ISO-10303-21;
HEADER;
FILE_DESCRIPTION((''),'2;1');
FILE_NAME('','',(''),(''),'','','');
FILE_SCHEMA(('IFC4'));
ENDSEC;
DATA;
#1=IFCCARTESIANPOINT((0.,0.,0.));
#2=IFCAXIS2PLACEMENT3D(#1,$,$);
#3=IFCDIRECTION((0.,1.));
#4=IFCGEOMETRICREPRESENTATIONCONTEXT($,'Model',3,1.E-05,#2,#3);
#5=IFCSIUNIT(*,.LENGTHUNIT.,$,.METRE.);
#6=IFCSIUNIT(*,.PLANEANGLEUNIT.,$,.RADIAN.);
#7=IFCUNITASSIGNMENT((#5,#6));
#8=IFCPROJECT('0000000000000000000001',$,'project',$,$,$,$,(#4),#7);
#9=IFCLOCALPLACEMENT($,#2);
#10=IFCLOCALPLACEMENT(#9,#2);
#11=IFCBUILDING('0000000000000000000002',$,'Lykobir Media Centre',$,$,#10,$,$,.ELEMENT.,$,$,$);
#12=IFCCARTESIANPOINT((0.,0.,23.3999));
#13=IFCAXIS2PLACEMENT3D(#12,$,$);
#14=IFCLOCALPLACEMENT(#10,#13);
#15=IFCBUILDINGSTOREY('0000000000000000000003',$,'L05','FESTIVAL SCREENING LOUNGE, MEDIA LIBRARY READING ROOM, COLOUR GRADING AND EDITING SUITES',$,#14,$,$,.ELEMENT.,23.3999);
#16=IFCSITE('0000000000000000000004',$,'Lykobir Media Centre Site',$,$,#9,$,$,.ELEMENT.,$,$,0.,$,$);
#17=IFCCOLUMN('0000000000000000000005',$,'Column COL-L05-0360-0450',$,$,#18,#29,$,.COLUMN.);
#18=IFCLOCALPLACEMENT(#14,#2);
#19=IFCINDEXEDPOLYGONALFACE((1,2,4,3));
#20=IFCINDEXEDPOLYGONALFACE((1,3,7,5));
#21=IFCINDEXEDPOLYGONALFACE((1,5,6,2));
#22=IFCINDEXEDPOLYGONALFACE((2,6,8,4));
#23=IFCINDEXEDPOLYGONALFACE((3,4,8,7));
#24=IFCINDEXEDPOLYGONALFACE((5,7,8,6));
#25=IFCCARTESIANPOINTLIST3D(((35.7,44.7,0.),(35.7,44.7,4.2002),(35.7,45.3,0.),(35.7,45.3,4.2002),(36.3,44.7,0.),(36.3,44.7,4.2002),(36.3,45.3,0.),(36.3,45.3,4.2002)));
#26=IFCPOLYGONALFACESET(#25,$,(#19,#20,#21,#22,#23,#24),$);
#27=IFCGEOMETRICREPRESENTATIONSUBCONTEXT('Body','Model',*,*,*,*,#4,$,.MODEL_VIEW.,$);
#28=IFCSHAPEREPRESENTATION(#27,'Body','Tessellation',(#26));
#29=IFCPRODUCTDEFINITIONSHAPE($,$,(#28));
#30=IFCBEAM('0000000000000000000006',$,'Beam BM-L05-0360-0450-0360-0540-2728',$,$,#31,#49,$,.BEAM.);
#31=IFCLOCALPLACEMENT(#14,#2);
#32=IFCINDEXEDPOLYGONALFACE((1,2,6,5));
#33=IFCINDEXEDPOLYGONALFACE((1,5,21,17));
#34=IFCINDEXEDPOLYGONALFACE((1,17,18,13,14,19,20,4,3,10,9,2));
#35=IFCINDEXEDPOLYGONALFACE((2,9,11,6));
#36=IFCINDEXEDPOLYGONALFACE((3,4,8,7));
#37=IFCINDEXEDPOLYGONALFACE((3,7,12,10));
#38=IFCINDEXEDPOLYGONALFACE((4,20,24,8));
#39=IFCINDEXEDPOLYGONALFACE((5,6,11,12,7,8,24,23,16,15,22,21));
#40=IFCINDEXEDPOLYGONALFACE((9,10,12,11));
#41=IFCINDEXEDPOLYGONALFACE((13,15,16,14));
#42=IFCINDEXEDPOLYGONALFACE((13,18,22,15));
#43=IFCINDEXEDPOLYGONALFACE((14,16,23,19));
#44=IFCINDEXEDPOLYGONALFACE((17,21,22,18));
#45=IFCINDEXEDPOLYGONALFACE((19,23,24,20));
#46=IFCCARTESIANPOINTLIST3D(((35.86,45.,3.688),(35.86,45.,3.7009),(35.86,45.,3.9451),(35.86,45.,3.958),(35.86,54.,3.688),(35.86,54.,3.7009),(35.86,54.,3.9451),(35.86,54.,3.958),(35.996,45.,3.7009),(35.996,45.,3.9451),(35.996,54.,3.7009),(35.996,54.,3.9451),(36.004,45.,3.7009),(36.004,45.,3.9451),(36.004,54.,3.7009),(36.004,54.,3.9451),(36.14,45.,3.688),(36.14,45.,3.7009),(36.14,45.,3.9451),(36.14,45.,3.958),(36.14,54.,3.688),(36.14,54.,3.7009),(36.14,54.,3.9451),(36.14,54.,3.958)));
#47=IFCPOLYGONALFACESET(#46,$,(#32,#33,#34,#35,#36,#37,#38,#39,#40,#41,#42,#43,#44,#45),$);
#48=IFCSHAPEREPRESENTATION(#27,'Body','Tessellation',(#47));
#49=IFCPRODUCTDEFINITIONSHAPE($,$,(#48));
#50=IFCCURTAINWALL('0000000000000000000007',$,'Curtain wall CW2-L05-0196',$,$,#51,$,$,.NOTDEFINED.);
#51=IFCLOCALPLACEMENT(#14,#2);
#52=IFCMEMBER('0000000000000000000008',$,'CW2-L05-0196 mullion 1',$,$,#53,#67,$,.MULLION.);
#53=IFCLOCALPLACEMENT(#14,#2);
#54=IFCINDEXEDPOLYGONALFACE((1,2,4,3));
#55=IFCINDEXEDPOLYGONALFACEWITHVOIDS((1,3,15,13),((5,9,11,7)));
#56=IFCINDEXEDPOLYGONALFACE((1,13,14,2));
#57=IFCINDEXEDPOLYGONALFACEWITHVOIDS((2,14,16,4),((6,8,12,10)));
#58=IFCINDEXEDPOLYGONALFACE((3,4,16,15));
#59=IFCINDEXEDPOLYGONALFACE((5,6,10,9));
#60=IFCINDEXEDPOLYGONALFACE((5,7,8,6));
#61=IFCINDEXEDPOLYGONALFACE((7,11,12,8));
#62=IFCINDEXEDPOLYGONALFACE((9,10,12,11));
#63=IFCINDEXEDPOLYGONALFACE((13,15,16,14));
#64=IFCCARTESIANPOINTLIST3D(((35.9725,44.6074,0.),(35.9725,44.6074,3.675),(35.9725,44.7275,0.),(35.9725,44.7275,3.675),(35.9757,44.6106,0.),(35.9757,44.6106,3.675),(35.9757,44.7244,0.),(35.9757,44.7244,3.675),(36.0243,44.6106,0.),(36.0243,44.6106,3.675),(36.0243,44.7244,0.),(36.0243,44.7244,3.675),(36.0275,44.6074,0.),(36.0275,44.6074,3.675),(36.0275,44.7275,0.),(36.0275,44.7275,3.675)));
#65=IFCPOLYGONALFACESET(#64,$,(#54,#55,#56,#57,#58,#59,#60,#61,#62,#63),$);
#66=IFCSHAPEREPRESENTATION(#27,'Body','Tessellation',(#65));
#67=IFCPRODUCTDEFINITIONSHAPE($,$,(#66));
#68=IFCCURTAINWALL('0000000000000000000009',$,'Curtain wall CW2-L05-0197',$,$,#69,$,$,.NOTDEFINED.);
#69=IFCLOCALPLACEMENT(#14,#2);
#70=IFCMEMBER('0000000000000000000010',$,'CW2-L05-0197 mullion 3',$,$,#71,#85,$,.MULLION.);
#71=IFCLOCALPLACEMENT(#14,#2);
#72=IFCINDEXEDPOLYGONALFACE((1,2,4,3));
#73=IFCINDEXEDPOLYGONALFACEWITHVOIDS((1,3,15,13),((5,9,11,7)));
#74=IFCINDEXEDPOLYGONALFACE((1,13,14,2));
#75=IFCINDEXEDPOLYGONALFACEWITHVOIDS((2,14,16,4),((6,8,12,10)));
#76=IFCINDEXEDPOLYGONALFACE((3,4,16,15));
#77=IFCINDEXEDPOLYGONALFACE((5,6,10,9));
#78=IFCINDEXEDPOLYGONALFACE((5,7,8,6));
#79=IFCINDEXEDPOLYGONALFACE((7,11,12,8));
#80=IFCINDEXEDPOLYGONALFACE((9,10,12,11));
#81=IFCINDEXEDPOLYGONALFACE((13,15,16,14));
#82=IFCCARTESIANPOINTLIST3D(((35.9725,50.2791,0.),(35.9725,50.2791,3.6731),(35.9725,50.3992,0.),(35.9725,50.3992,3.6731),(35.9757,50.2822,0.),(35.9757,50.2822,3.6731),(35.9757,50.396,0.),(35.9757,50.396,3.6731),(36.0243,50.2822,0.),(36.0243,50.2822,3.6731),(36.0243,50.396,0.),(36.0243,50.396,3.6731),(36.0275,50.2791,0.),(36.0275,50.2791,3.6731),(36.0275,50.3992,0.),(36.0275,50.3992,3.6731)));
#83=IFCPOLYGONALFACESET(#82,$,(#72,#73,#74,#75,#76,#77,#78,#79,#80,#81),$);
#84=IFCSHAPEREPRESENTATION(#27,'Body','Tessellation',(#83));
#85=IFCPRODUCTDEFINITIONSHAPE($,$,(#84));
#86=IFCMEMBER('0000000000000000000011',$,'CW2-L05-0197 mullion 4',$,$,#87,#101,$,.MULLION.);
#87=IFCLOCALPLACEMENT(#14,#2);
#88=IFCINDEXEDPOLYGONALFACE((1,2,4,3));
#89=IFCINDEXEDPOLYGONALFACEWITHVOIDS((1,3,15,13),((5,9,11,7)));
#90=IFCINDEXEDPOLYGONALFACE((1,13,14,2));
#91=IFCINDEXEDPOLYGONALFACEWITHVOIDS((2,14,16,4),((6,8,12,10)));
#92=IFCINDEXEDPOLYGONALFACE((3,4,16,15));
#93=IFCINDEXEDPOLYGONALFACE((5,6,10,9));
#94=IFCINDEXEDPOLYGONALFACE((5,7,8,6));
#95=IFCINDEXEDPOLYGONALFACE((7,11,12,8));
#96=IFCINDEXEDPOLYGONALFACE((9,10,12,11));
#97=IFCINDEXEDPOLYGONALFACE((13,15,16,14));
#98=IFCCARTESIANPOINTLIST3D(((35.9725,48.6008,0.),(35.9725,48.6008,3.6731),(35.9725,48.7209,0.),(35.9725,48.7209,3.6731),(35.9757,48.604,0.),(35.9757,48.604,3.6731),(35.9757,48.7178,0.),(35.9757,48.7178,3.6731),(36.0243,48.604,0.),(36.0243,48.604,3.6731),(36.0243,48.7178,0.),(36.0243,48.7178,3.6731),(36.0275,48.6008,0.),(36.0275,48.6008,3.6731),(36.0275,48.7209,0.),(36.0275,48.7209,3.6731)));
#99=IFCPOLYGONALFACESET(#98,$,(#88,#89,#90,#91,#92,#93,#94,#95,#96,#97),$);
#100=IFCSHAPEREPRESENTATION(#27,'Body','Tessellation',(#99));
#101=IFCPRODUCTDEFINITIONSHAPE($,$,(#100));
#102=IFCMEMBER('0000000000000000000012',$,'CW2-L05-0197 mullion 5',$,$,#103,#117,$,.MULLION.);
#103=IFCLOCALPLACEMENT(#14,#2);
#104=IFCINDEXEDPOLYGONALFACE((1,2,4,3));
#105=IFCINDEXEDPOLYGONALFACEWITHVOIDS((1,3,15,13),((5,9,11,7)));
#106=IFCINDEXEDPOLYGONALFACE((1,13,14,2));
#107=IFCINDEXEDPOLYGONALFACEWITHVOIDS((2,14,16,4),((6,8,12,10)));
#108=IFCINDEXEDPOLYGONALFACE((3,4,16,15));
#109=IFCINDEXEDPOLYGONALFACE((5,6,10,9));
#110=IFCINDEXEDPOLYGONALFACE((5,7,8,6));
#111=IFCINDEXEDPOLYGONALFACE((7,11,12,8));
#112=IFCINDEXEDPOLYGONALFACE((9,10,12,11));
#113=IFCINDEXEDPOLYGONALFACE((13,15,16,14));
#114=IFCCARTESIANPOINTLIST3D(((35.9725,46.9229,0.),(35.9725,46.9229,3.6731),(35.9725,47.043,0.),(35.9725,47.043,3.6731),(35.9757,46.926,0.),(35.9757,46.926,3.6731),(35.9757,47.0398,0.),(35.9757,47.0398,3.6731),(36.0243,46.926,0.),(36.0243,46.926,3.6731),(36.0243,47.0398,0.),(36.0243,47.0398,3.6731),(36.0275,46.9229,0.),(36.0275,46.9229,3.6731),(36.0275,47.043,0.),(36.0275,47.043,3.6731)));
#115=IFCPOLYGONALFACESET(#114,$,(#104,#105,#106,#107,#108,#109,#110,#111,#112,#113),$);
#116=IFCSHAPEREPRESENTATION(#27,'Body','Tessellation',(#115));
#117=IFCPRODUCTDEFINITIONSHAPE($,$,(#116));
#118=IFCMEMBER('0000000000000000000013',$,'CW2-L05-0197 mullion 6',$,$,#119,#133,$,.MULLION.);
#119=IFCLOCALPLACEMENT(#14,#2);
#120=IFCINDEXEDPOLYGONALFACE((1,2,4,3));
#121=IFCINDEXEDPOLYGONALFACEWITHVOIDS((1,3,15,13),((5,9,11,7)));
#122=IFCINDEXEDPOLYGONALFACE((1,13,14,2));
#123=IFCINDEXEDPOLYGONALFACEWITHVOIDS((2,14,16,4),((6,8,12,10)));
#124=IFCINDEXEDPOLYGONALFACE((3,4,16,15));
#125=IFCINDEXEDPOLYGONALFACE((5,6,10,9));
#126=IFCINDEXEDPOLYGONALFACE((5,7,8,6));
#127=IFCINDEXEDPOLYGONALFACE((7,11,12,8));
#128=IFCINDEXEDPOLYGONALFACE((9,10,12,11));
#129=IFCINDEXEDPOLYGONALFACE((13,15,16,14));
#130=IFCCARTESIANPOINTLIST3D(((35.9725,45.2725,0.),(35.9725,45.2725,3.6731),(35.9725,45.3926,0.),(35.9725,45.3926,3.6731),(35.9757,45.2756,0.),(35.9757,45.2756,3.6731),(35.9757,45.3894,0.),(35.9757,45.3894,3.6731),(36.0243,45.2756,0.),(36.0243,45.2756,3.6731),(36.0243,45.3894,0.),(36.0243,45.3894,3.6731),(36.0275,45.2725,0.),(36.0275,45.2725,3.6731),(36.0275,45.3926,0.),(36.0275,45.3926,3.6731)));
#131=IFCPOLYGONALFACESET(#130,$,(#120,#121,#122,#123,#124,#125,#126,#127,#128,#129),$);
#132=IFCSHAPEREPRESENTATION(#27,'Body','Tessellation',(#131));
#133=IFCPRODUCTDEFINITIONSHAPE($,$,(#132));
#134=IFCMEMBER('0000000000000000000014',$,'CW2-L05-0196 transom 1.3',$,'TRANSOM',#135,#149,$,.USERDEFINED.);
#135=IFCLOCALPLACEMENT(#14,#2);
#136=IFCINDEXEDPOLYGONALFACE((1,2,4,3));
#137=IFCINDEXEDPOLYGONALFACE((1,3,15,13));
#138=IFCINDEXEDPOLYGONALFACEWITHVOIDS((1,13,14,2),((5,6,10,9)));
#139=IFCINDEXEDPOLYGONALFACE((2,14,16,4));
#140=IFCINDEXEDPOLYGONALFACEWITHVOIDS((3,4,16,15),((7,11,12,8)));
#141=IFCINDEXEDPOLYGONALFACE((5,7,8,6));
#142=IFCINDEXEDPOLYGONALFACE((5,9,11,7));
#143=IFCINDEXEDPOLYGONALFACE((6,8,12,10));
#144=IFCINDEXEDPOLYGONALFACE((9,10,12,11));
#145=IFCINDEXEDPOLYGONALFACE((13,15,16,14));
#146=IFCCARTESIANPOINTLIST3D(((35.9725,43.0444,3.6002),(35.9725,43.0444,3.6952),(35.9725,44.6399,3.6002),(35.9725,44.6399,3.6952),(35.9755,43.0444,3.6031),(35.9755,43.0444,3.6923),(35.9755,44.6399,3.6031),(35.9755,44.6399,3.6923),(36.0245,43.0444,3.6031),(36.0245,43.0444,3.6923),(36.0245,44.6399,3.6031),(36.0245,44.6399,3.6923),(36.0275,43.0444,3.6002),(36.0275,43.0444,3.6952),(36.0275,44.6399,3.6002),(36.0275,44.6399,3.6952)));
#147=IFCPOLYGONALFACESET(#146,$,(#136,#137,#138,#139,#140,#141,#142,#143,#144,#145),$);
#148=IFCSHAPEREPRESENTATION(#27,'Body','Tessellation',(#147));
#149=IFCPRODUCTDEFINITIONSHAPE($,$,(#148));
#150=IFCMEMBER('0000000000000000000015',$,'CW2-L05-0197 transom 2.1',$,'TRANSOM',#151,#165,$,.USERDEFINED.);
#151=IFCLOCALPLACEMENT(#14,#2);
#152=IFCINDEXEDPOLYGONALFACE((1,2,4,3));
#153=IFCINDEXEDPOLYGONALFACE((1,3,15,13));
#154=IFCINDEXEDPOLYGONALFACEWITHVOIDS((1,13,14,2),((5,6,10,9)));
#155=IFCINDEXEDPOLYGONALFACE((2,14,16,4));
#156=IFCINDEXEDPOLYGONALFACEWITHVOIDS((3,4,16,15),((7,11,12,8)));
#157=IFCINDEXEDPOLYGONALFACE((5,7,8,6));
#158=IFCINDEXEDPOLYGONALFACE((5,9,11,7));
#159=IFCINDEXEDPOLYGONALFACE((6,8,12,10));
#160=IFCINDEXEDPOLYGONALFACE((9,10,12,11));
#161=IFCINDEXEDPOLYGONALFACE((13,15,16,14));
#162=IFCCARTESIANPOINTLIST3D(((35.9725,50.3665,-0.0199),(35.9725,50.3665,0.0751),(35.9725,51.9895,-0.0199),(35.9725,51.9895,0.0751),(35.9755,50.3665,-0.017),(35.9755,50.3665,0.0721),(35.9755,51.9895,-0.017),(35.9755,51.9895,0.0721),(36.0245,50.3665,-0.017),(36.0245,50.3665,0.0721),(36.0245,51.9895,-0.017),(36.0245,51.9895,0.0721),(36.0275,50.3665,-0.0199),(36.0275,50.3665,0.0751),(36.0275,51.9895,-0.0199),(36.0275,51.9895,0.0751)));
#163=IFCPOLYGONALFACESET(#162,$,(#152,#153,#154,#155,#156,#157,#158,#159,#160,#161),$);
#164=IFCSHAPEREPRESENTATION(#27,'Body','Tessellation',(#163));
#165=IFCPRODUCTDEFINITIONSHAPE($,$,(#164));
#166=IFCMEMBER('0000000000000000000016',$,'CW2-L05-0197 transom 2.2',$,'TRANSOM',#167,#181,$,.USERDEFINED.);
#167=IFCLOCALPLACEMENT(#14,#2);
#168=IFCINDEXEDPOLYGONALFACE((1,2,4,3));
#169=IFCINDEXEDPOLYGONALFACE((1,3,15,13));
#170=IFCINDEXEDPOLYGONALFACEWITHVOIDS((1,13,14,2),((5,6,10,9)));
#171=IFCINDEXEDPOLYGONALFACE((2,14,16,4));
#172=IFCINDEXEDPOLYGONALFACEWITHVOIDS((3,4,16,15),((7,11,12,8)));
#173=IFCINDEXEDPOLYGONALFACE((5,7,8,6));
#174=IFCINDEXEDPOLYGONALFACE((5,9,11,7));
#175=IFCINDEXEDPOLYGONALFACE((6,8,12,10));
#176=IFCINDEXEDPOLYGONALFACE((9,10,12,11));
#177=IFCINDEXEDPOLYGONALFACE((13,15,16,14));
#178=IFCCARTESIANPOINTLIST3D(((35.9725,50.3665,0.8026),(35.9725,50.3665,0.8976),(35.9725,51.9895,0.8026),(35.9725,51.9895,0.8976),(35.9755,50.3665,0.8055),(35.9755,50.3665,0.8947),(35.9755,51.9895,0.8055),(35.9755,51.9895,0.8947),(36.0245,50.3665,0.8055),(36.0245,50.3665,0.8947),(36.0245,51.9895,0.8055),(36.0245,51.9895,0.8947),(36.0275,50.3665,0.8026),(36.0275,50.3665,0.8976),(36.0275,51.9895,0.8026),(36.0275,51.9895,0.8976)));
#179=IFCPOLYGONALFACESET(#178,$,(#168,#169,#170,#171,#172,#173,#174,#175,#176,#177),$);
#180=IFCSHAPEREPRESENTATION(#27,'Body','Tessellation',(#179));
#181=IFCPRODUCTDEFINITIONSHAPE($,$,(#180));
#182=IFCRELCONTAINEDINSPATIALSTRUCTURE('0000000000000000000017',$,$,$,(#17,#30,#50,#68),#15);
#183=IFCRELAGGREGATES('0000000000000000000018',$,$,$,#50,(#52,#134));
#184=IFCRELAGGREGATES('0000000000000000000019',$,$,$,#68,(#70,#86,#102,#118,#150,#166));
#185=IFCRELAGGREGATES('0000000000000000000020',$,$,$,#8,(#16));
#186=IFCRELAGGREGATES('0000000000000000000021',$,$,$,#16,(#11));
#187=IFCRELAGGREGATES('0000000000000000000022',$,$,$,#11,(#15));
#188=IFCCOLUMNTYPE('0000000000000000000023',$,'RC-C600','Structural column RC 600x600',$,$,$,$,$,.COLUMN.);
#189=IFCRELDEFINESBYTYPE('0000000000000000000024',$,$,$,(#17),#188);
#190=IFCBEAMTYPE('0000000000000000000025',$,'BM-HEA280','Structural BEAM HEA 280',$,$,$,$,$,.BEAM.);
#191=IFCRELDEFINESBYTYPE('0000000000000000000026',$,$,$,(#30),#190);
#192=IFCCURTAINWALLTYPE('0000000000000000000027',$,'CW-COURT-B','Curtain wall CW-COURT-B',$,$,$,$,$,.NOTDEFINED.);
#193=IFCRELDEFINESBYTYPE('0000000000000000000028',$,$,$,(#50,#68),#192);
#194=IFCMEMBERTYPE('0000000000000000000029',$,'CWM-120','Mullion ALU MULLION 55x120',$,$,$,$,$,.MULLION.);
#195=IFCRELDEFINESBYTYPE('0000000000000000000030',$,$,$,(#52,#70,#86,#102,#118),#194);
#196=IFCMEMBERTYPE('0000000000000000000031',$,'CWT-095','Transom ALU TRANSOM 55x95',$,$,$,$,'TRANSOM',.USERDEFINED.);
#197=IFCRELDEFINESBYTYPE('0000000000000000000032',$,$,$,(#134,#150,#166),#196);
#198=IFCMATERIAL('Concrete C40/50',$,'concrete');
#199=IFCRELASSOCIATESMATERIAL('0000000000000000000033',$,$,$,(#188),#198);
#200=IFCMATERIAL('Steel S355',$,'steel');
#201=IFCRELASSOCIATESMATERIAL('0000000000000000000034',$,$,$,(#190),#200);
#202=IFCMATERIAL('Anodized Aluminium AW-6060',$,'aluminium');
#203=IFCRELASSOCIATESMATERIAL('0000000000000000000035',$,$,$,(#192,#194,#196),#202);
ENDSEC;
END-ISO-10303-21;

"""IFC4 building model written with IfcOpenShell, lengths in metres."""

from ifc_helpers import new_model, si_unit, direction, frame, origin, origin_2d, place, context, subcontext, project, spatial, rectangle, hollow_rectangle, i_section, extrude, material, material_profile, profile_set, type_object, element, aggregate, save


model = new_model("IFC4")

# Units and contexts
model_context = context("Model", 3, precision=1e-05, world=origin(), true_north=direction((0.0, 1.0)))
body_context = subcontext(model_context, "Body", "Model", "MODEL_VIEW")
ifc_project = project(units=[si_unit("LENGTHUNIT", "METRE"), si_unit("PLANEANGLEUNIT", "RADIAN")], contexts=[model_context])

# Site, building, storey
site_placement = place(None, origin())
site = spatial("IfcSite", under=ifc_project, at=site_placement, Name="Lykobir Media Centre Site", CompositionType="ELEMENT", RefElevation=0.0)
building_placement = place(site_placement, origin())
building = spatial("IfcBuilding", under=site, at=building_placement, Name="Lykobir Media Centre", CompositionType="ELEMENT")
storey_placement = place(building_placement, frame((0.0, 0.0, 23.3999)))
storey = spatial("IfcBuildingStorey", under=building, at=storey_placement, Name="L05", Description="FESTIVAL SCREENING LOUNGE, MEDIA LIBRARY READING ROOM, COLOUR GRADING AND EDITING SUITES", CompositionType="ELEMENT", Elevation=23.3999)

# Column
ifc_material_1 = material(Name="Concrete C40/50", Category="concrete")
ifc_material_profile_1 = material_profile(ifc_material_1, rectangle(XDim=0.6001, YDim=0.6001, at=origin_2d()), Name="RC 600x600")
ifc_profile_set_1 = profile_set([ifc_material_profile_1], Name="Concrete C40/50")
column_type = type_object("IfcColumnType", Name="RC-C600", Description="Structural column RC 600x600", PredefinedType="COLUMN", material=ifc_profile_set_1)
column_placement = place(storey_placement, frame((36.0, 45.0, 0.0), z_axis=(0.0, 0.0, 1.0), x_axis=(1.0, 0.0, 0.0)))
element("IfcColumn", 1, at=column_placement, inside=storey, type_object=column_type, Name="Column COL-L05-0360-0450", PredefinedType="COLUMN", context=body_context, shape_type="SweptSolid", body=[
    extrude(rectangle(XDim=0.6001, YDim=0.6001, at=origin_2d()), origin(), (0.0, 0.0, 1.0), 4.2002),
])

# Beam
ifc_material_2 = material(Name="Steel S355", Category="steel")
ifc_material_profile_2 = material_profile(ifc_material_2, i_section(OverallWidth=0.28, OverallDepth=0.27, WebThickness=0.0081, FlangeThickness=0.0129, at=origin_2d()), Name="HEA 280")
ifc_profile_set_2 = profile_set([ifc_material_profile_2], Name="Steel S355")
beam_type = type_object("IfcBeamType", Name="BM-HEA280", Description="Structural BEAM HEA 280", PredefinedType="BEAM", material=ifc_profile_set_2)
beam_placement = place(storey_placement, frame((36.0, 45.0, 3.823), z_axis=(0.0, 1.0, 0.0), x_axis=(-1.0, 0.0, 0.0)))
element("IfcBeam", 2, at=beam_placement, inside=storey, type_object=beam_type, Name="Beam BM-L05-0360-0450-0360-0540-2728", PredefinedType="BEAM", context=body_context, shape_type="SweptSolid", body=[
    extrude(i_section(OverallWidth=0.28, OverallDepth=0.27, WebThickness=0.0081, FlangeThickness=0.0129, at=origin_2d()), origin(), (0.0, 0.0, 1.0), 9.0),
])

# Curtain wall, member
ifc_material_3 = material(Name="Anodized Aluminium AW-6060", Category="aluminium")
curtain_wall_type = type_object("IfcCurtainWallType", Name="CW-COURT-B", Description="Curtain wall CW-COURT-B", PredefinedType="NOTDEFINED", material=ifc_material_3)
curtain_wall_1_placement = place(storey_placement, origin())
curtain_wall_1 = element("IfcCurtainWall", 3, at=curtain_wall_1_placement, inside=storey, type_object=curtain_wall_type, Name="Curtain wall CW2-L05-0196", PredefinedType="NOTDEFINED")
ifc_material_profile_3 = material_profile(ifc_material_3, hollow_rectangle(XDim=0.0549, YDim=0.1201, WallThickness=0.0032, at=origin_2d()), Name="ALU MULLION 55x120")
ifc_profile_set_3 = profile_set([ifc_material_profile_3], Name="Anodized Aluminium AW-6060")
member_type_1 = type_object("IfcMemberType", Name="CWM-120", Description="Mullion ALU MULLION 55x120", PredefinedType="MULLION", material=ifc_profile_set_3)
member_1_placement = place(storey_placement, frame((36.0, 44.6675, 0.0), z_axis=(0.0, 0.0, 1.0), x_axis=(1.0, 0.0, 0.0)))
member_1 = element("IfcMember", 4, at=member_1_placement, type_object=member_type_1, Name="CW2-L05-0196 mullion 1", PredefinedType="MULLION", context=body_context, shape_type="SweptSolid", body=[
    extrude(hollow_rectangle(XDim=0.0549, YDim=0.1201, WallThickness=0.0032, at=origin_2d()), origin(), (0.0, 0.0, 1.0), 3.675),
])

# Curtain wall, members
curtain_wall_2_placement = place(storey_placement, origin())
curtain_wall_2 = element("IfcCurtainWall", 5, at=curtain_wall_2_placement, inside=storey, type_object=curtain_wall_type, Name="Curtain wall CW2-L05-0197", PredefinedType="NOTDEFINED")
member_2_placement = place(storey_placement, frame((36.0, 50.3391, 0.0), z_axis=(0.0, 0.0, 1.0), x_axis=(1.0, 0.0, 0.0)))
member_2 = element("IfcMember", 6, at=member_2_placement, type_object=member_type_1, Name="CW2-L05-0197 mullion 3", PredefinedType="MULLION", context=body_context, shape_type="SweptSolid", body=[
    extrude(hollow_rectangle(XDim=0.0549, YDim=0.1201, WallThickness=0.0032, at=origin_2d()), origin(), (0.0, 0.0, 1.0), 3.6731),
])
member_3_placement = place(storey_placement, frame((36.0, 48.6609, 0.0), z_axis=(0.0, 0.0, 1.0), x_axis=(1.0, 0.0, 0.0)))
member_3 = element("IfcMember", 7, at=member_3_placement, type_object=member_type_1, Name="CW2-L05-0197 mullion 4", PredefinedType="MULLION", context=body_context, shape_type="SweptSolid", body=[
    extrude(hollow_rectangle(XDim=0.0549, YDim=0.1201, WallThickness=0.0032, at=origin_2d()), origin(), (0.0, 0.0, 1.0), 3.6731),
])
member_4_placement = place(storey_placement, frame((36.0, 46.9829, 0.0), z_axis=(0.0, 0.0, 1.0), x_axis=(1.0, 0.0, 0.0)))
member_4 = element("IfcMember", 8, at=member_4_placement, type_object=member_type_1, Name="CW2-L05-0197 mullion 5", PredefinedType="MULLION", context=body_context, shape_type="SweptSolid", body=[
    extrude(hollow_rectangle(XDim=0.0549, YDim=0.1201, WallThickness=0.0032, at=origin_2d()), origin(), (0.0, 0.0, 1.0), 3.6731),
])
member_5_placement = place(storey_placement, frame((36.0, 45.3325, 0.0), z_axis=(0.0, 0.0, 1.0), x_axis=(1.0, 0.0, 0.0)))
member_5 = element("IfcMember", 9, at=member_5_placement, type_object=member_type_1, Name="CW2-L05-0197 mullion 6", PredefinedType="MULLION", context=body_context, shape_type="SweptSolid", body=[
    extrude(hollow_rectangle(XDim=0.0549, YDim=0.1201, WallThickness=0.0032, at=origin_2d()), origin(), (0.0, 0.0, 1.0), 3.6731),
])

# Members
ifc_material_profile_4 = material_profile(ifc_material_3, hollow_rectangle(XDim=0.0549, YDim=0.095, WallThickness=0.0029, at=origin_2d()), Name="ALU TRANSOM 55x95")
ifc_profile_set_4 = profile_set([ifc_material_profile_4], Name="Anodized Aluminium AW-6060")
member_type_2 = type_object("IfcMemberType", Name="CWT-095", Description="Transom ALU TRANSOM 55x95", ElementType="TRANSOM", PredefinedType="USERDEFINED", material=ifc_profile_set_4)
member_6_placement = place(storey_placement, frame((36.0, 44.6399, 3.6477), z_axis=(0.0, -1.0, 0.0), x_axis=(1.0, 0.0, 0.0)))
member_6 = element("IfcMember", 10, at=member_6_placement, type_object=member_type_2, Name="CW2-L05-0196 transom 1.3", ObjectType="TRANSOM", PredefinedType="USERDEFINED", context=body_context, shape_type="SweptSolid", body=[
    extrude(hollow_rectangle(XDim=0.0549, YDim=0.095, WallThickness=0.0029, at=origin_2d()), origin(), (0.0, 0.0, 1.0), 1.5955),
])
aggregate(curtain_wall_1, [member_1, member_6])
member_7_placement = place(storey_placement, frame((36.0, 51.9895, 0.0276), z_axis=(0.0, -1.0, 0.0), x_axis=(1.0, 0.0, 0.0)))
member_7 = element("IfcMember", 11, at=member_7_placement, type_object=member_type_2, Name="CW2-L05-0197 transom 2.1", ObjectType="TRANSOM", PredefinedType="USERDEFINED", context=body_context, shape_type="SweptSolid", body=[
    extrude(hollow_rectangle(XDim=0.0549, YDim=0.095, WallThickness=0.0029, at=origin_2d()), origin(), (0.0, 0.0, 1.0), 1.623),
])
member_8_placement = place(storey_placement, frame((36.0, 51.9895, 0.8501), z_axis=(0.0, -1.0, 0.0), x_axis=(1.0, 0.0, 0.0)))
member_8 = element("IfcMember", 12, at=member_8_placement, type_object=member_type_2, Name="CW2-L05-0197 transom 2.2", ObjectType="TRANSOM", PredefinedType="USERDEFINED", context=body_context, shape_type="SweptSolid", body=[
    extrude(hollow_rectangle(XDim=0.0549, YDim=0.095, WallThickness=0.0029, at=origin_2d()), origin(), (0.0, 0.0, 1.0), 1.623),
])

aggregate(curtain_wall_2, [member_2, member_3, member_4, member_5, member_7, member_8])

save(model, "model.ifc")
